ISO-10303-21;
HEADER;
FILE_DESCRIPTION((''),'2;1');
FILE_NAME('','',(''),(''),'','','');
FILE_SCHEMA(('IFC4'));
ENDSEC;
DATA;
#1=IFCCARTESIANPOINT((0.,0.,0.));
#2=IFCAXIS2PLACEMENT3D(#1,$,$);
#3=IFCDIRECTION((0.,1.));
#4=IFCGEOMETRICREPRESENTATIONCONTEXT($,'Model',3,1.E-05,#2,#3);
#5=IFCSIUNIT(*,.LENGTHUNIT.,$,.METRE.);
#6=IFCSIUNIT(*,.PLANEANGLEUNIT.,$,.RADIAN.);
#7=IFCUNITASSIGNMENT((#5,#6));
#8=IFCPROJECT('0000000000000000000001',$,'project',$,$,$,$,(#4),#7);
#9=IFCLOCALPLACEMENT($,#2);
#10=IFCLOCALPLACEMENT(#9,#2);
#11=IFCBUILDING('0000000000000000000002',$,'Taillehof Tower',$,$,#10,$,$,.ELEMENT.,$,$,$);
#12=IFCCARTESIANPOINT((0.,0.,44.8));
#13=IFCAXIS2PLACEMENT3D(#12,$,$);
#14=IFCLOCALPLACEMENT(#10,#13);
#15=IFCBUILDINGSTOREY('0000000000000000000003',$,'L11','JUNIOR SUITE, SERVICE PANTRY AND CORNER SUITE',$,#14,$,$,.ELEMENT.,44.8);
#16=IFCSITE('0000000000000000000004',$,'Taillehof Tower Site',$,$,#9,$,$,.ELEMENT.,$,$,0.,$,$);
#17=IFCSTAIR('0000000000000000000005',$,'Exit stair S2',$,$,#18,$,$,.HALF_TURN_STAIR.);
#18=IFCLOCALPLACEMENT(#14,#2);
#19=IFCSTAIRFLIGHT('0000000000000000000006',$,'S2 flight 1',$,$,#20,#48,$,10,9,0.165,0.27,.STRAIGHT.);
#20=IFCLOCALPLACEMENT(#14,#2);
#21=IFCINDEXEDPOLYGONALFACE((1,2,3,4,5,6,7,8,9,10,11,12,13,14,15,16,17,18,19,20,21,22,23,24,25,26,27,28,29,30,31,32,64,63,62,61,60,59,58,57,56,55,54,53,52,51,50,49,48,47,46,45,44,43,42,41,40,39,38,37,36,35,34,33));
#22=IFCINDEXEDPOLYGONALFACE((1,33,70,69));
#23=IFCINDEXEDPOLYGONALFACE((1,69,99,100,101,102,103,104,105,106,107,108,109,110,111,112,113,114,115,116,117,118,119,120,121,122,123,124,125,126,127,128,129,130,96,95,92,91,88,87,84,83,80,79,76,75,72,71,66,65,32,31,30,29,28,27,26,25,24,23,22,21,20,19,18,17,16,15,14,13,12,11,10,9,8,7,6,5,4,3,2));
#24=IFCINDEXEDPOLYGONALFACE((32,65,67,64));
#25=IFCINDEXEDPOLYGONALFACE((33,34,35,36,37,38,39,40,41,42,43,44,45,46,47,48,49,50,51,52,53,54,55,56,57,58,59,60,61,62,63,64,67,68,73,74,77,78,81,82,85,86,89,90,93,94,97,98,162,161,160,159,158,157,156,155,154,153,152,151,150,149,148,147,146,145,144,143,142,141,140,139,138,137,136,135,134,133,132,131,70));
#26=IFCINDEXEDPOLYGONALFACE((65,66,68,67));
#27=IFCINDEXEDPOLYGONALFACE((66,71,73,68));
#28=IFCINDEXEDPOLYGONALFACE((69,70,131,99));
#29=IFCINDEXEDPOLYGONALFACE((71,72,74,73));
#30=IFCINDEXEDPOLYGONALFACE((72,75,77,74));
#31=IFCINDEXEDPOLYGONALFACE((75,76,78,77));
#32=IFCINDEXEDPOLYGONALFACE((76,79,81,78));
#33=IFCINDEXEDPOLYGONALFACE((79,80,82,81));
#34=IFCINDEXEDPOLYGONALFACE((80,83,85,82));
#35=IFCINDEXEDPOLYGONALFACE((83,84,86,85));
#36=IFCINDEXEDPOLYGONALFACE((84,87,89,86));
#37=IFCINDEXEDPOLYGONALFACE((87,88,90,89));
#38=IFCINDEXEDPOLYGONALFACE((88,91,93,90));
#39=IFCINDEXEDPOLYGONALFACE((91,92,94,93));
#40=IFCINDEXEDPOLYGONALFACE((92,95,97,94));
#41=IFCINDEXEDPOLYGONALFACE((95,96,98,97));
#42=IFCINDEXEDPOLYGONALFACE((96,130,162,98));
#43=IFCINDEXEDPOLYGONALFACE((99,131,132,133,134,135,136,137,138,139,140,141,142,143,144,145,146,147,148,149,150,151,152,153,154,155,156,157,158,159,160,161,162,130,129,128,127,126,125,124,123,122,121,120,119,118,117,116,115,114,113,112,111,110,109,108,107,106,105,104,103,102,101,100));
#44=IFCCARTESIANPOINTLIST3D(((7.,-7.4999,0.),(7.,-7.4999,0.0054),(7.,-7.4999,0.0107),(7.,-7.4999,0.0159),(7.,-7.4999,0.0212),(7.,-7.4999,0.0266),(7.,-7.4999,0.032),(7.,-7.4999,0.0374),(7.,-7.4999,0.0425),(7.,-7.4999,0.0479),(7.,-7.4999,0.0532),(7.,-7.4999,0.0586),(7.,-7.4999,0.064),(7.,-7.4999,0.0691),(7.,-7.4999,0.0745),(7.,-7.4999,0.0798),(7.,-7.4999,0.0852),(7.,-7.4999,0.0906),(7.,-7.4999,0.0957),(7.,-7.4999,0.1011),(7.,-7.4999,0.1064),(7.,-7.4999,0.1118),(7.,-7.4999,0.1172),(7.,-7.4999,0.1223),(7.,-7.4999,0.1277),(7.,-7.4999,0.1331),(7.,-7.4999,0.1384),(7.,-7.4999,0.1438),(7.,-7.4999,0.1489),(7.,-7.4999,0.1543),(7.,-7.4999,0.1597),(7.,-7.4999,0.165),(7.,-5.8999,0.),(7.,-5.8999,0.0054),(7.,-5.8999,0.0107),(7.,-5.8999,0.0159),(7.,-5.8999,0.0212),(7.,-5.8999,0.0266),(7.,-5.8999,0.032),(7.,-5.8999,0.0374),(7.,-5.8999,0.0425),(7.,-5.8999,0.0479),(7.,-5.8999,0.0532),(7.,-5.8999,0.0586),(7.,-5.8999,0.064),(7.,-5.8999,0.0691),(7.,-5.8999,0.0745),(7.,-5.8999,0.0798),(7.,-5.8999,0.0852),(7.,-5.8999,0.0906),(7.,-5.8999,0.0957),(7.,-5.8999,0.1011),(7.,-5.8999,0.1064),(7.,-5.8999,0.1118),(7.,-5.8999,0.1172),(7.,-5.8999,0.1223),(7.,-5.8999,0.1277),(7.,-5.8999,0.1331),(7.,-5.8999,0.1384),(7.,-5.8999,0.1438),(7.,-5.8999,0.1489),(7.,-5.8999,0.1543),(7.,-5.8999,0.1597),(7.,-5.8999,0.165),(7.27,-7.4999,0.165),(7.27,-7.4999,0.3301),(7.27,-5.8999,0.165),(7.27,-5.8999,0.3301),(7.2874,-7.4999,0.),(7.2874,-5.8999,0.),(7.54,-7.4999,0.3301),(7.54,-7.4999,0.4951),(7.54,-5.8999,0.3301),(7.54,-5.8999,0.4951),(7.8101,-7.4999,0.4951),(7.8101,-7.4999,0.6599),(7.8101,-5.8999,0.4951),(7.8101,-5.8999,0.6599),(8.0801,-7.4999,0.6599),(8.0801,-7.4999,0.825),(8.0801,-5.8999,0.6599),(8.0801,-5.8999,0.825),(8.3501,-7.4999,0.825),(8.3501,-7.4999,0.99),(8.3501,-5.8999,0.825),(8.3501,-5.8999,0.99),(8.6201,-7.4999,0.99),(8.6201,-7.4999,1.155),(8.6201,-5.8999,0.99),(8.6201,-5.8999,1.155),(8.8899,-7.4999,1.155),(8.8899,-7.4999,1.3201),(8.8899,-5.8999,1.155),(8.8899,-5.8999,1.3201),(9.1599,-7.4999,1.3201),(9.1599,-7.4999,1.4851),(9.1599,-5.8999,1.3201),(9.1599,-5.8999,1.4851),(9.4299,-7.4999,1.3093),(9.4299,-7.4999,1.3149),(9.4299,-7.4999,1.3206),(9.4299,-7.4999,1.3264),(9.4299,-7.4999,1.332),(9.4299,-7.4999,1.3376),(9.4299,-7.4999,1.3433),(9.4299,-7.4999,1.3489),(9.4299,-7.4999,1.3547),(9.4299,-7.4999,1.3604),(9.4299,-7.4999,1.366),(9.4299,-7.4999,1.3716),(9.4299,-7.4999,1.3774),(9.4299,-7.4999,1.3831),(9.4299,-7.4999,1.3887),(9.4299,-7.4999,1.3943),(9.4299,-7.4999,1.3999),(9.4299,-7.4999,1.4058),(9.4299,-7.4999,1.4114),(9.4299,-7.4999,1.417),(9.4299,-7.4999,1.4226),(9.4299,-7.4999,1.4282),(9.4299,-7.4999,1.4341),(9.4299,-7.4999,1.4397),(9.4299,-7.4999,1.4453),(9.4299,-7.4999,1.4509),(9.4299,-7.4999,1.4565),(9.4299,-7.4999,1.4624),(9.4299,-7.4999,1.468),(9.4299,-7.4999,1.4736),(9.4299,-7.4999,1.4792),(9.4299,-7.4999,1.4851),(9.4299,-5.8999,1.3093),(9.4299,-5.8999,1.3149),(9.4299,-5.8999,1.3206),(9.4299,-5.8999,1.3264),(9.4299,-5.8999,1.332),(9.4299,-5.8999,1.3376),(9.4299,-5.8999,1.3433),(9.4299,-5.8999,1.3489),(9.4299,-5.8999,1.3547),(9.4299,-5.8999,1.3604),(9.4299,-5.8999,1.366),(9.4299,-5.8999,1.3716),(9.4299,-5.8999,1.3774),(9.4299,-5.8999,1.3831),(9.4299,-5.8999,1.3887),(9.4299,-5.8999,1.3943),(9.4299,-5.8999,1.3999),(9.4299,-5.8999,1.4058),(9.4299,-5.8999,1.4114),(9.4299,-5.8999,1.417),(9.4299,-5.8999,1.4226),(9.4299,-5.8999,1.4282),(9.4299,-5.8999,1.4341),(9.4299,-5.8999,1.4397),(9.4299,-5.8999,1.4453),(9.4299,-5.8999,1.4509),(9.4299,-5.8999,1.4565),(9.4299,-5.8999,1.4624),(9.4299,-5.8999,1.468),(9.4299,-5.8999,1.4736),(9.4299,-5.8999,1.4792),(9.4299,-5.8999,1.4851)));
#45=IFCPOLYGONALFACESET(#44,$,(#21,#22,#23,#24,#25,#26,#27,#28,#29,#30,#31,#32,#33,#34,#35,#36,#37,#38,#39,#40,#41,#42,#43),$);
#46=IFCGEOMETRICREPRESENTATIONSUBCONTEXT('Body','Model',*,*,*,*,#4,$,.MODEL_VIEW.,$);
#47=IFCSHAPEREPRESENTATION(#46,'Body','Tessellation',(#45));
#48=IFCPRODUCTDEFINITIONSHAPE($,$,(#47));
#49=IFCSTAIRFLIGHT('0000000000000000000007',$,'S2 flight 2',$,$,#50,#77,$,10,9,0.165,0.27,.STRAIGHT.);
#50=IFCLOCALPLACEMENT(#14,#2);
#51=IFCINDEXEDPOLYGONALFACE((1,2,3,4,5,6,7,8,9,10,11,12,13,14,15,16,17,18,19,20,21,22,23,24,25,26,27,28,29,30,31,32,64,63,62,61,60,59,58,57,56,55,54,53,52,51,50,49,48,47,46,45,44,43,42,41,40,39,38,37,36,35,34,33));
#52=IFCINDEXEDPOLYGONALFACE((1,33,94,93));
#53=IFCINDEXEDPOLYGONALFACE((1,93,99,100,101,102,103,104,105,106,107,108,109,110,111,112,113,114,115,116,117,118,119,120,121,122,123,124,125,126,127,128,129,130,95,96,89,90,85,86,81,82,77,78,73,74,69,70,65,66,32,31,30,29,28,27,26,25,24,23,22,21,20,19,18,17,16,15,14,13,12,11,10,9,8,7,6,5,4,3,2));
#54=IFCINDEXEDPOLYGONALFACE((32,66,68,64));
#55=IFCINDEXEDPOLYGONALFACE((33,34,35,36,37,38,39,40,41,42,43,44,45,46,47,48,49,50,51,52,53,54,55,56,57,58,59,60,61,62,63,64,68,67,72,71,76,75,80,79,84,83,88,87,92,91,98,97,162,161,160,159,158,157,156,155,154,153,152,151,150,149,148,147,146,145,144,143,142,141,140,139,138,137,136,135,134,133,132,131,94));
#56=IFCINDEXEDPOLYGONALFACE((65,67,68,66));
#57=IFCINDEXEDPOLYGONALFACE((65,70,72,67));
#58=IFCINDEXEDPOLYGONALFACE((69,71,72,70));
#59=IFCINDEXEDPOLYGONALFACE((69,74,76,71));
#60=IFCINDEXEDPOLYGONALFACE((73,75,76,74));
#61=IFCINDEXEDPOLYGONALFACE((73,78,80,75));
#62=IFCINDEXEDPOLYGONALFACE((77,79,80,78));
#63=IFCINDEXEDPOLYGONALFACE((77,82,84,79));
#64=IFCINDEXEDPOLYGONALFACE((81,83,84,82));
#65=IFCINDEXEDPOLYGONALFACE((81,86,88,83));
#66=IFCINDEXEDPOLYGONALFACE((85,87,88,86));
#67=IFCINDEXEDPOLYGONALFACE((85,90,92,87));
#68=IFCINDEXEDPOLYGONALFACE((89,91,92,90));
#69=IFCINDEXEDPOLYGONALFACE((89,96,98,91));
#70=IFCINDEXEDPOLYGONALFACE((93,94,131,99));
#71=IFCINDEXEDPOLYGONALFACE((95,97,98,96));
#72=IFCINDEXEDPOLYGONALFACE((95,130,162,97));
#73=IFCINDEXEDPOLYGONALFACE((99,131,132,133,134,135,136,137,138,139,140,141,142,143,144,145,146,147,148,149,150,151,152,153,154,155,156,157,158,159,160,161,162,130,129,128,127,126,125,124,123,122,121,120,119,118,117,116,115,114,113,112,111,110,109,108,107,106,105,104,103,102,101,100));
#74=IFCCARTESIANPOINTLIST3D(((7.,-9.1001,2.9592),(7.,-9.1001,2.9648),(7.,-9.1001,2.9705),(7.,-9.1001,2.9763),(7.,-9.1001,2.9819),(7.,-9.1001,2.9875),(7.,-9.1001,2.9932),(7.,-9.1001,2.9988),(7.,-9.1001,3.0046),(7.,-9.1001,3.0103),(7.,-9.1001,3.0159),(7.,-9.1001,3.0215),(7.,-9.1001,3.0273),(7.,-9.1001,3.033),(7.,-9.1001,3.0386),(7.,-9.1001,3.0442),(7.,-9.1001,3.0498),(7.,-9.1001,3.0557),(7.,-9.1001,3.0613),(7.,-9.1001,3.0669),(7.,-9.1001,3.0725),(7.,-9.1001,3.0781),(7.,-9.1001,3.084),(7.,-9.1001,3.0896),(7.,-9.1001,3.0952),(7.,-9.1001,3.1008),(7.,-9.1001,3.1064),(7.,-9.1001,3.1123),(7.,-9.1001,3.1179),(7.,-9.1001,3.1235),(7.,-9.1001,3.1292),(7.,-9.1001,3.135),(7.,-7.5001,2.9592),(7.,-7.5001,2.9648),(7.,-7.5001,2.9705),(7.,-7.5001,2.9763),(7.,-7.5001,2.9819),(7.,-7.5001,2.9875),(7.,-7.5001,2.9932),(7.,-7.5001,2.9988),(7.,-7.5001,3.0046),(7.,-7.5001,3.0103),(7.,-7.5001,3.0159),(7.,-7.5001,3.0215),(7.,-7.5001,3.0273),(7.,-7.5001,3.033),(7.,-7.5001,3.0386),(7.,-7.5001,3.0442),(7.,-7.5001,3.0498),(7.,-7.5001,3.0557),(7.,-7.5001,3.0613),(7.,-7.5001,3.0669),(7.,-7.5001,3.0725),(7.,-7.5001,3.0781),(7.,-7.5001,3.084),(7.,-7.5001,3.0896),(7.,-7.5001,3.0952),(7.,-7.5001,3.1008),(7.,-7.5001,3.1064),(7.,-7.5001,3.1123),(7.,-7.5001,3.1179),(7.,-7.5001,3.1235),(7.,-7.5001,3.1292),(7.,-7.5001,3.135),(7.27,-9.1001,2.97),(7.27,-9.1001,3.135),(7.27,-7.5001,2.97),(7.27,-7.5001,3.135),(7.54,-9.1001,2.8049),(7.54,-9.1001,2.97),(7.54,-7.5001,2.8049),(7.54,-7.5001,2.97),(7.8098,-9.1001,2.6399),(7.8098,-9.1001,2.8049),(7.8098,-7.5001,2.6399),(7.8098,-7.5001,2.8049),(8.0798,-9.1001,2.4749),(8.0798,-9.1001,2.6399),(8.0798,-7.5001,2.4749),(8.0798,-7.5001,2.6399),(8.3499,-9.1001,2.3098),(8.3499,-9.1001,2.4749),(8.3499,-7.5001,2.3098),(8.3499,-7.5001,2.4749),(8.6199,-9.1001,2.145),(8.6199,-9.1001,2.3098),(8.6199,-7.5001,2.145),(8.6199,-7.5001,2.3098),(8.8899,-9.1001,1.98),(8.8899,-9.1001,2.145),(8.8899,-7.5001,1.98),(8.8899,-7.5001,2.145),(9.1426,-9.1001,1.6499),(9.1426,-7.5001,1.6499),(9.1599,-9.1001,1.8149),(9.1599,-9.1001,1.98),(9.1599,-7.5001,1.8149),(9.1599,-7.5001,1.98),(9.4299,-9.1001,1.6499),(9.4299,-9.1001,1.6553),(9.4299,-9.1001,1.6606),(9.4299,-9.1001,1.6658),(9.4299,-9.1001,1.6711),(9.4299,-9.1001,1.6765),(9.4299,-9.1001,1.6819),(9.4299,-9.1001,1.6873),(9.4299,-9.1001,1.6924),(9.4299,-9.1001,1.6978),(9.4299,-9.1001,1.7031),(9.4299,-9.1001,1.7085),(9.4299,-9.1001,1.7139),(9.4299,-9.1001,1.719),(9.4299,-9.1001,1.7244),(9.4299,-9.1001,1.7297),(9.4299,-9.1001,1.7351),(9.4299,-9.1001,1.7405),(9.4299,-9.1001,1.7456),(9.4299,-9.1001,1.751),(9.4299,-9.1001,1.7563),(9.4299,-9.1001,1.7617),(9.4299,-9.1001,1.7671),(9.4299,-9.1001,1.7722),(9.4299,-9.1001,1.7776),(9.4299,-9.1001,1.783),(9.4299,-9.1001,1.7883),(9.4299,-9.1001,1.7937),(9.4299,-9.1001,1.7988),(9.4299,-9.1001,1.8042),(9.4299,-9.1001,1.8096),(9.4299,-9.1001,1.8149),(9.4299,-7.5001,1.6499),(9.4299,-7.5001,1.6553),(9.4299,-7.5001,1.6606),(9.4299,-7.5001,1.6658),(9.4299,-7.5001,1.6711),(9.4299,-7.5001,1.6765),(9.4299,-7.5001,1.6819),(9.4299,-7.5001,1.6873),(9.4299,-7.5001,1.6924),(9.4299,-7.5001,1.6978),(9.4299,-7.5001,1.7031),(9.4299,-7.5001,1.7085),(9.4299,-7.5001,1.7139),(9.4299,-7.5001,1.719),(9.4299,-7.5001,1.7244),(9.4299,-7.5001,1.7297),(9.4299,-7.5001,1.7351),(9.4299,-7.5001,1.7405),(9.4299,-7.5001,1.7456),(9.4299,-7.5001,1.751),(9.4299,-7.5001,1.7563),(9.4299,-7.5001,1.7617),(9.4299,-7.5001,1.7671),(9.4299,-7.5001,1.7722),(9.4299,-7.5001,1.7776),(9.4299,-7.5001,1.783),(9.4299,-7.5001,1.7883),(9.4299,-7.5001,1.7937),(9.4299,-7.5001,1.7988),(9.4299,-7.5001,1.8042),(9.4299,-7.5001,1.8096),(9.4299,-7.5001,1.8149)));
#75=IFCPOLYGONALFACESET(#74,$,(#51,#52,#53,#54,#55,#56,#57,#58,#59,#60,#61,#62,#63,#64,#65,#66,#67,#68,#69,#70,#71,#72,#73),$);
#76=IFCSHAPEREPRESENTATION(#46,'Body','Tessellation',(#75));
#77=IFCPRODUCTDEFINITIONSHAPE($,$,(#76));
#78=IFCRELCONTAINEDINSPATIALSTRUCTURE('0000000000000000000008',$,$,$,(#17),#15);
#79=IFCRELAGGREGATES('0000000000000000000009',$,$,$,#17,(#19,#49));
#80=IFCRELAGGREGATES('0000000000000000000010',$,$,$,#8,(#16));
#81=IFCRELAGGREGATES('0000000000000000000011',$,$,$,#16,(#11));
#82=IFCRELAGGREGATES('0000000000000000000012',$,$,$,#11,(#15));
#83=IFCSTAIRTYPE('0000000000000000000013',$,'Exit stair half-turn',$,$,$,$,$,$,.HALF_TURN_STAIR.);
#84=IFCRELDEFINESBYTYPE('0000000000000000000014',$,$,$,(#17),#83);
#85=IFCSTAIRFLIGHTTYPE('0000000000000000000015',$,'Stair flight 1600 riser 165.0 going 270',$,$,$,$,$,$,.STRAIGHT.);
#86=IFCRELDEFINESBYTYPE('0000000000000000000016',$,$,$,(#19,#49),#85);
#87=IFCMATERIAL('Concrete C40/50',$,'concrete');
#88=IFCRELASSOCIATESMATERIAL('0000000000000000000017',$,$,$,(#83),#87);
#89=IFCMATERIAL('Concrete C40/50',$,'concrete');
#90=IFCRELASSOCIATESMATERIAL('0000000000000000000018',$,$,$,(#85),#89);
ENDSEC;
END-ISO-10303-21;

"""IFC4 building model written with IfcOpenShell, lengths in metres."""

from ifc_helpers import new_model, si_unit, direction, frame, origin, place, context, subcontext, project, spatial, polyline, outline, extrude, material, type_object, element, aggregate, save


model = new_model("IFC4")

# Units and contexts
model_context = context("Model", 3, precision=1e-05, world=origin(), true_north=direction((0.0, 1.0)))
body_context = subcontext(model_context, "Body", "Model", "MODEL_VIEW")
ifc_project = project(units=[si_unit("LENGTHUNIT", "METRE"), si_unit("PLANEANGLEUNIT", "RADIAN")], contexts=[model_context])

# Site, building, storey
site_placement = place(None, origin())
site = spatial("IfcSite", under=ifc_project, at=site_placement, Name="Taillehof Tower Site", CompositionType="ELEMENT", RefElevation=0.0)
building_placement = place(site_placement, origin())
building = spatial("IfcBuilding", under=site, at=building_placement, Name="Taillehof Tower", CompositionType="ELEMENT")
storey_placement = place(building_placement, frame((0.0, 0.0, 44.8)))
storey = spatial("IfcBuildingStorey", under=building, at=storey_placement, Name="L11", Description="JUNIOR SUITE, SERVICE PANTRY AND CORNER SUITE", CompositionType="ELEMENT", Elevation=44.8)

# Stair, stair flights
ifc_material_1 = material(Name="Concrete C40/50", Category="concrete")
stair_type = type_object("IfcStairType", Name="Exit stair half-turn", PredefinedType="HALF_TURN_STAIR", material=ifc_material_1)
stair_placement = place(storey_placement, origin())
stair = element("IfcStair", 1, at=stair_placement, inside=storey, type_object=stair_type, Name="Exit stair S2", PredefinedType="HALF_TURN_STAIR")
ifc_material_2 = material(Name="Concrete C40/50", Category="concrete")
stair_flight_type = type_object("IfcStairFlightType", Name="Stair flight 1600 riser 165.0 going 270", PredefinedType="STRAIGHT", material=ifc_material_2)
stair_flight_1_placement = place(storey_placement, frame((7.0, -6.7, 0.0), z_axis=(0.0, 0.0, 1.0), x_axis=(1.0, 0.0, 0.0)))
stair_flight_1 = element("IfcStairFlight", 2, at=stair_flight_1_placement, type_object=stair_flight_type, Name="S2 flight 1", NumberOfRisers=10, NumberOfTreads=9, PredefinedType="STRAIGHT", RiserHeight=0.165, TreadLength=0.27, context=body_context, shape_type="SweptSolid", body=[
    extrude(outline(polyline([(0.0, 0.0), (0.0, 0.0054), (0.0, 0.0107), (0.0, 0.0159), (0.0, 0.0212), (0.0, 0.0266), (0.0, 0.032), (0.0, 0.0374), (0.0, 0.0425), (0.0, 0.0479), (0.0, 0.0532), (0.0, 0.0586), (0.0, 0.064), (0.0, 0.0691), (0.0, 0.0745), (0.0, 0.0798), (0.0, 0.0852), (0.0, 0.0906), (0.0, 0.0957), (0.0, 0.1011), (0.0, 0.1064), (0.0, 0.1118), (0.0, 0.1172), (0.0, 0.1223), (0.0, 0.1277), (0.0, 0.1331), (0.0, 0.1384), (0.0, 0.1438), (0.0, 0.1489), (0.0, 0.1543), (0.0, 0.1597), (0.0, 0.165), (0.27, 0.165), (0.27, 0.3301), (0.54, 0.3301), (0.54, 0.4951), (0.8101, 0.4951), (0.8101, 0.6599), (1.0801, 0.6599), (1.0801, 0.825), (1.3501, 0.825), (1.3501, 0.99), (1.6201, 0.99), (1.6201, 1.155), (1.8899, 1.155), (1.8899, 1.3201), (2.1599, 1.3201), (2.1599, 1.4851), (2.4299, 1.4851), (2.4299, 1.4792), (2.4299, 1.4736), (2.4299, 1.468), (2.4299, 1.4624), (2.4299, 1.4565), (2.4299, 1.4509), (2.4299, 1.4453), (2.4299, 1.4397), (2.4299, 1.4341), (2.4299, 1.4282), (2.4299, 1.4226), (2.4299, 1.417), (2.4299, 1.4114), (2.4299, 1.4058), (2.4299, 1.3999), (2.4299, 1.3943), (2.4299, 1.3887), (2.4299, 1.3831), (2.4299, 1.3774), (2.4299, 1.3716), (2.4299, 1.366), (2.4299, 1.3604), (2.4299, 1.3547), (2.4299, 1.3489), (2.4299, 1.3433), (2.4299, 1.3376), (2.4299, 1.332), (2.4299, 1.3264), (2.4299, 1.3206), (2.4299, 1.3149), (2.4299, 1.3093), (0.2874, 0.0), (0.0, 0.0)])), frame((0.0, 0.8, 0.0), z_axis=(0.0, -1.0, 0.0), x_axis=(1.0, 0.0, 0.0)), (0.0, 0.0, 1.0), 1.6),
])
stair_flight_2_placement = place(storey_placement, frame((9.4299, -8.3, 1.6499), z_axis=(0.0, 0.0, 1.0), x_axis=(-1.0, 0.0, 0.0)))
stair_flight_2 = element("IfcStairFlight", 3, at=stair_flight_2_placement, type_object=stair_flight_type, Name="S2 flight 2", NumberOfRisers=10, NumberOfTreads=9, PredefinedType="STRAIGHT", RiserHeight=0.165, TreadLength=0.27, context=body_context, shape_type="SweptSolid", body=[
    extrude(outline(polyline([(0.0, 0.0), (0.0, 0.0054), (0.0, 0.0107), (0.0, 0.0159), (0.0, 0.0212), (0.0, 0.0266), (0.0, 0.032), (0.0, 0.0374), (0.0, 0.0425), (0.0, 0.0479), (0.0, 0.0532), (0.0, 0.0586), (0.0, 0.064), (0.0, 0.0691), (0.0, 0.0745), (0.0, 0.0798), (0.0, 0.0852), (0.0, 0.0906), (0.0, 0.0957), (0.0, 0.1011), (0.0, 0.1064), (0.0, 0.1118), (0.0, 0.1172), (0.0, 0.1223), (0.0, 0.1277), (0.0, 0.1331), (0.0, 0.1384), (0.0, 0.1438), (0.0, 0.1489), (0.0, 0.1543), (0.0, 0.1597), (0.0, 0.165), (0.27, 0.165), (0.27, 0.3301), (0.54, 0.3301), (0.54, 0.4951), (0.8101, 0.4951), (0.8101, 0.6599), (1.0801, 0.6599), (1.0801, 0.825), (1.3501, 0.825), (1.3501, 0.99), (1.6201, 0.99), (1.6201, 1.155), (1.8899, 1.155), (1.8899, 1.3201), (2.1599, 1.3201), (2.1599, 1.4851), (2.4299, 1.4851), (2.4299, 1.4792), (2.4299, 1.4736), (2.4299, 1.468), (2.4299, 1.4624), (2.4299, 1.4565), (2.4299, 1.4509), (2.4299, 1.4453), (2.4299, 1.4397), (2.4299, 1.4341), (2.4299, 1.4282), (2.4299, 1.4226), (2.4299, 1.417), (2.4299, 1.4114), (2.4299, 1.4058), (2.4299, 1.3999), (2.4299, 1.3943), (2.4299, 1.3887), (2.4299, 1.3831), (2.4299, 1.3774), (2.4299, 1.3716), (2.4299, 1.366), (2.4299, 1.3604), (2.4299, 1.3547), (2.4299, 1.3489), (2.4299, 1.3433), (2.4299, 1.3376), (2.4299, 1.332), (2.4299, 1.3264), (2.4299, 1.3206), (2.4299, 1.3149), (2.4299, 1.3093), (0.2874, 0.0), (0.0, 0.0)])), frame((0.0, 0.8, 0.0), z_axis=(0.0, -1.0, 0.0), x_axis=(1.0, 0.0, 0.0)), (0.0, 0.0, 1.0), 1.6),
])
aggregate(stair, [stair_flight_1, stair_flight_2])

save(model, "model.ifc")
